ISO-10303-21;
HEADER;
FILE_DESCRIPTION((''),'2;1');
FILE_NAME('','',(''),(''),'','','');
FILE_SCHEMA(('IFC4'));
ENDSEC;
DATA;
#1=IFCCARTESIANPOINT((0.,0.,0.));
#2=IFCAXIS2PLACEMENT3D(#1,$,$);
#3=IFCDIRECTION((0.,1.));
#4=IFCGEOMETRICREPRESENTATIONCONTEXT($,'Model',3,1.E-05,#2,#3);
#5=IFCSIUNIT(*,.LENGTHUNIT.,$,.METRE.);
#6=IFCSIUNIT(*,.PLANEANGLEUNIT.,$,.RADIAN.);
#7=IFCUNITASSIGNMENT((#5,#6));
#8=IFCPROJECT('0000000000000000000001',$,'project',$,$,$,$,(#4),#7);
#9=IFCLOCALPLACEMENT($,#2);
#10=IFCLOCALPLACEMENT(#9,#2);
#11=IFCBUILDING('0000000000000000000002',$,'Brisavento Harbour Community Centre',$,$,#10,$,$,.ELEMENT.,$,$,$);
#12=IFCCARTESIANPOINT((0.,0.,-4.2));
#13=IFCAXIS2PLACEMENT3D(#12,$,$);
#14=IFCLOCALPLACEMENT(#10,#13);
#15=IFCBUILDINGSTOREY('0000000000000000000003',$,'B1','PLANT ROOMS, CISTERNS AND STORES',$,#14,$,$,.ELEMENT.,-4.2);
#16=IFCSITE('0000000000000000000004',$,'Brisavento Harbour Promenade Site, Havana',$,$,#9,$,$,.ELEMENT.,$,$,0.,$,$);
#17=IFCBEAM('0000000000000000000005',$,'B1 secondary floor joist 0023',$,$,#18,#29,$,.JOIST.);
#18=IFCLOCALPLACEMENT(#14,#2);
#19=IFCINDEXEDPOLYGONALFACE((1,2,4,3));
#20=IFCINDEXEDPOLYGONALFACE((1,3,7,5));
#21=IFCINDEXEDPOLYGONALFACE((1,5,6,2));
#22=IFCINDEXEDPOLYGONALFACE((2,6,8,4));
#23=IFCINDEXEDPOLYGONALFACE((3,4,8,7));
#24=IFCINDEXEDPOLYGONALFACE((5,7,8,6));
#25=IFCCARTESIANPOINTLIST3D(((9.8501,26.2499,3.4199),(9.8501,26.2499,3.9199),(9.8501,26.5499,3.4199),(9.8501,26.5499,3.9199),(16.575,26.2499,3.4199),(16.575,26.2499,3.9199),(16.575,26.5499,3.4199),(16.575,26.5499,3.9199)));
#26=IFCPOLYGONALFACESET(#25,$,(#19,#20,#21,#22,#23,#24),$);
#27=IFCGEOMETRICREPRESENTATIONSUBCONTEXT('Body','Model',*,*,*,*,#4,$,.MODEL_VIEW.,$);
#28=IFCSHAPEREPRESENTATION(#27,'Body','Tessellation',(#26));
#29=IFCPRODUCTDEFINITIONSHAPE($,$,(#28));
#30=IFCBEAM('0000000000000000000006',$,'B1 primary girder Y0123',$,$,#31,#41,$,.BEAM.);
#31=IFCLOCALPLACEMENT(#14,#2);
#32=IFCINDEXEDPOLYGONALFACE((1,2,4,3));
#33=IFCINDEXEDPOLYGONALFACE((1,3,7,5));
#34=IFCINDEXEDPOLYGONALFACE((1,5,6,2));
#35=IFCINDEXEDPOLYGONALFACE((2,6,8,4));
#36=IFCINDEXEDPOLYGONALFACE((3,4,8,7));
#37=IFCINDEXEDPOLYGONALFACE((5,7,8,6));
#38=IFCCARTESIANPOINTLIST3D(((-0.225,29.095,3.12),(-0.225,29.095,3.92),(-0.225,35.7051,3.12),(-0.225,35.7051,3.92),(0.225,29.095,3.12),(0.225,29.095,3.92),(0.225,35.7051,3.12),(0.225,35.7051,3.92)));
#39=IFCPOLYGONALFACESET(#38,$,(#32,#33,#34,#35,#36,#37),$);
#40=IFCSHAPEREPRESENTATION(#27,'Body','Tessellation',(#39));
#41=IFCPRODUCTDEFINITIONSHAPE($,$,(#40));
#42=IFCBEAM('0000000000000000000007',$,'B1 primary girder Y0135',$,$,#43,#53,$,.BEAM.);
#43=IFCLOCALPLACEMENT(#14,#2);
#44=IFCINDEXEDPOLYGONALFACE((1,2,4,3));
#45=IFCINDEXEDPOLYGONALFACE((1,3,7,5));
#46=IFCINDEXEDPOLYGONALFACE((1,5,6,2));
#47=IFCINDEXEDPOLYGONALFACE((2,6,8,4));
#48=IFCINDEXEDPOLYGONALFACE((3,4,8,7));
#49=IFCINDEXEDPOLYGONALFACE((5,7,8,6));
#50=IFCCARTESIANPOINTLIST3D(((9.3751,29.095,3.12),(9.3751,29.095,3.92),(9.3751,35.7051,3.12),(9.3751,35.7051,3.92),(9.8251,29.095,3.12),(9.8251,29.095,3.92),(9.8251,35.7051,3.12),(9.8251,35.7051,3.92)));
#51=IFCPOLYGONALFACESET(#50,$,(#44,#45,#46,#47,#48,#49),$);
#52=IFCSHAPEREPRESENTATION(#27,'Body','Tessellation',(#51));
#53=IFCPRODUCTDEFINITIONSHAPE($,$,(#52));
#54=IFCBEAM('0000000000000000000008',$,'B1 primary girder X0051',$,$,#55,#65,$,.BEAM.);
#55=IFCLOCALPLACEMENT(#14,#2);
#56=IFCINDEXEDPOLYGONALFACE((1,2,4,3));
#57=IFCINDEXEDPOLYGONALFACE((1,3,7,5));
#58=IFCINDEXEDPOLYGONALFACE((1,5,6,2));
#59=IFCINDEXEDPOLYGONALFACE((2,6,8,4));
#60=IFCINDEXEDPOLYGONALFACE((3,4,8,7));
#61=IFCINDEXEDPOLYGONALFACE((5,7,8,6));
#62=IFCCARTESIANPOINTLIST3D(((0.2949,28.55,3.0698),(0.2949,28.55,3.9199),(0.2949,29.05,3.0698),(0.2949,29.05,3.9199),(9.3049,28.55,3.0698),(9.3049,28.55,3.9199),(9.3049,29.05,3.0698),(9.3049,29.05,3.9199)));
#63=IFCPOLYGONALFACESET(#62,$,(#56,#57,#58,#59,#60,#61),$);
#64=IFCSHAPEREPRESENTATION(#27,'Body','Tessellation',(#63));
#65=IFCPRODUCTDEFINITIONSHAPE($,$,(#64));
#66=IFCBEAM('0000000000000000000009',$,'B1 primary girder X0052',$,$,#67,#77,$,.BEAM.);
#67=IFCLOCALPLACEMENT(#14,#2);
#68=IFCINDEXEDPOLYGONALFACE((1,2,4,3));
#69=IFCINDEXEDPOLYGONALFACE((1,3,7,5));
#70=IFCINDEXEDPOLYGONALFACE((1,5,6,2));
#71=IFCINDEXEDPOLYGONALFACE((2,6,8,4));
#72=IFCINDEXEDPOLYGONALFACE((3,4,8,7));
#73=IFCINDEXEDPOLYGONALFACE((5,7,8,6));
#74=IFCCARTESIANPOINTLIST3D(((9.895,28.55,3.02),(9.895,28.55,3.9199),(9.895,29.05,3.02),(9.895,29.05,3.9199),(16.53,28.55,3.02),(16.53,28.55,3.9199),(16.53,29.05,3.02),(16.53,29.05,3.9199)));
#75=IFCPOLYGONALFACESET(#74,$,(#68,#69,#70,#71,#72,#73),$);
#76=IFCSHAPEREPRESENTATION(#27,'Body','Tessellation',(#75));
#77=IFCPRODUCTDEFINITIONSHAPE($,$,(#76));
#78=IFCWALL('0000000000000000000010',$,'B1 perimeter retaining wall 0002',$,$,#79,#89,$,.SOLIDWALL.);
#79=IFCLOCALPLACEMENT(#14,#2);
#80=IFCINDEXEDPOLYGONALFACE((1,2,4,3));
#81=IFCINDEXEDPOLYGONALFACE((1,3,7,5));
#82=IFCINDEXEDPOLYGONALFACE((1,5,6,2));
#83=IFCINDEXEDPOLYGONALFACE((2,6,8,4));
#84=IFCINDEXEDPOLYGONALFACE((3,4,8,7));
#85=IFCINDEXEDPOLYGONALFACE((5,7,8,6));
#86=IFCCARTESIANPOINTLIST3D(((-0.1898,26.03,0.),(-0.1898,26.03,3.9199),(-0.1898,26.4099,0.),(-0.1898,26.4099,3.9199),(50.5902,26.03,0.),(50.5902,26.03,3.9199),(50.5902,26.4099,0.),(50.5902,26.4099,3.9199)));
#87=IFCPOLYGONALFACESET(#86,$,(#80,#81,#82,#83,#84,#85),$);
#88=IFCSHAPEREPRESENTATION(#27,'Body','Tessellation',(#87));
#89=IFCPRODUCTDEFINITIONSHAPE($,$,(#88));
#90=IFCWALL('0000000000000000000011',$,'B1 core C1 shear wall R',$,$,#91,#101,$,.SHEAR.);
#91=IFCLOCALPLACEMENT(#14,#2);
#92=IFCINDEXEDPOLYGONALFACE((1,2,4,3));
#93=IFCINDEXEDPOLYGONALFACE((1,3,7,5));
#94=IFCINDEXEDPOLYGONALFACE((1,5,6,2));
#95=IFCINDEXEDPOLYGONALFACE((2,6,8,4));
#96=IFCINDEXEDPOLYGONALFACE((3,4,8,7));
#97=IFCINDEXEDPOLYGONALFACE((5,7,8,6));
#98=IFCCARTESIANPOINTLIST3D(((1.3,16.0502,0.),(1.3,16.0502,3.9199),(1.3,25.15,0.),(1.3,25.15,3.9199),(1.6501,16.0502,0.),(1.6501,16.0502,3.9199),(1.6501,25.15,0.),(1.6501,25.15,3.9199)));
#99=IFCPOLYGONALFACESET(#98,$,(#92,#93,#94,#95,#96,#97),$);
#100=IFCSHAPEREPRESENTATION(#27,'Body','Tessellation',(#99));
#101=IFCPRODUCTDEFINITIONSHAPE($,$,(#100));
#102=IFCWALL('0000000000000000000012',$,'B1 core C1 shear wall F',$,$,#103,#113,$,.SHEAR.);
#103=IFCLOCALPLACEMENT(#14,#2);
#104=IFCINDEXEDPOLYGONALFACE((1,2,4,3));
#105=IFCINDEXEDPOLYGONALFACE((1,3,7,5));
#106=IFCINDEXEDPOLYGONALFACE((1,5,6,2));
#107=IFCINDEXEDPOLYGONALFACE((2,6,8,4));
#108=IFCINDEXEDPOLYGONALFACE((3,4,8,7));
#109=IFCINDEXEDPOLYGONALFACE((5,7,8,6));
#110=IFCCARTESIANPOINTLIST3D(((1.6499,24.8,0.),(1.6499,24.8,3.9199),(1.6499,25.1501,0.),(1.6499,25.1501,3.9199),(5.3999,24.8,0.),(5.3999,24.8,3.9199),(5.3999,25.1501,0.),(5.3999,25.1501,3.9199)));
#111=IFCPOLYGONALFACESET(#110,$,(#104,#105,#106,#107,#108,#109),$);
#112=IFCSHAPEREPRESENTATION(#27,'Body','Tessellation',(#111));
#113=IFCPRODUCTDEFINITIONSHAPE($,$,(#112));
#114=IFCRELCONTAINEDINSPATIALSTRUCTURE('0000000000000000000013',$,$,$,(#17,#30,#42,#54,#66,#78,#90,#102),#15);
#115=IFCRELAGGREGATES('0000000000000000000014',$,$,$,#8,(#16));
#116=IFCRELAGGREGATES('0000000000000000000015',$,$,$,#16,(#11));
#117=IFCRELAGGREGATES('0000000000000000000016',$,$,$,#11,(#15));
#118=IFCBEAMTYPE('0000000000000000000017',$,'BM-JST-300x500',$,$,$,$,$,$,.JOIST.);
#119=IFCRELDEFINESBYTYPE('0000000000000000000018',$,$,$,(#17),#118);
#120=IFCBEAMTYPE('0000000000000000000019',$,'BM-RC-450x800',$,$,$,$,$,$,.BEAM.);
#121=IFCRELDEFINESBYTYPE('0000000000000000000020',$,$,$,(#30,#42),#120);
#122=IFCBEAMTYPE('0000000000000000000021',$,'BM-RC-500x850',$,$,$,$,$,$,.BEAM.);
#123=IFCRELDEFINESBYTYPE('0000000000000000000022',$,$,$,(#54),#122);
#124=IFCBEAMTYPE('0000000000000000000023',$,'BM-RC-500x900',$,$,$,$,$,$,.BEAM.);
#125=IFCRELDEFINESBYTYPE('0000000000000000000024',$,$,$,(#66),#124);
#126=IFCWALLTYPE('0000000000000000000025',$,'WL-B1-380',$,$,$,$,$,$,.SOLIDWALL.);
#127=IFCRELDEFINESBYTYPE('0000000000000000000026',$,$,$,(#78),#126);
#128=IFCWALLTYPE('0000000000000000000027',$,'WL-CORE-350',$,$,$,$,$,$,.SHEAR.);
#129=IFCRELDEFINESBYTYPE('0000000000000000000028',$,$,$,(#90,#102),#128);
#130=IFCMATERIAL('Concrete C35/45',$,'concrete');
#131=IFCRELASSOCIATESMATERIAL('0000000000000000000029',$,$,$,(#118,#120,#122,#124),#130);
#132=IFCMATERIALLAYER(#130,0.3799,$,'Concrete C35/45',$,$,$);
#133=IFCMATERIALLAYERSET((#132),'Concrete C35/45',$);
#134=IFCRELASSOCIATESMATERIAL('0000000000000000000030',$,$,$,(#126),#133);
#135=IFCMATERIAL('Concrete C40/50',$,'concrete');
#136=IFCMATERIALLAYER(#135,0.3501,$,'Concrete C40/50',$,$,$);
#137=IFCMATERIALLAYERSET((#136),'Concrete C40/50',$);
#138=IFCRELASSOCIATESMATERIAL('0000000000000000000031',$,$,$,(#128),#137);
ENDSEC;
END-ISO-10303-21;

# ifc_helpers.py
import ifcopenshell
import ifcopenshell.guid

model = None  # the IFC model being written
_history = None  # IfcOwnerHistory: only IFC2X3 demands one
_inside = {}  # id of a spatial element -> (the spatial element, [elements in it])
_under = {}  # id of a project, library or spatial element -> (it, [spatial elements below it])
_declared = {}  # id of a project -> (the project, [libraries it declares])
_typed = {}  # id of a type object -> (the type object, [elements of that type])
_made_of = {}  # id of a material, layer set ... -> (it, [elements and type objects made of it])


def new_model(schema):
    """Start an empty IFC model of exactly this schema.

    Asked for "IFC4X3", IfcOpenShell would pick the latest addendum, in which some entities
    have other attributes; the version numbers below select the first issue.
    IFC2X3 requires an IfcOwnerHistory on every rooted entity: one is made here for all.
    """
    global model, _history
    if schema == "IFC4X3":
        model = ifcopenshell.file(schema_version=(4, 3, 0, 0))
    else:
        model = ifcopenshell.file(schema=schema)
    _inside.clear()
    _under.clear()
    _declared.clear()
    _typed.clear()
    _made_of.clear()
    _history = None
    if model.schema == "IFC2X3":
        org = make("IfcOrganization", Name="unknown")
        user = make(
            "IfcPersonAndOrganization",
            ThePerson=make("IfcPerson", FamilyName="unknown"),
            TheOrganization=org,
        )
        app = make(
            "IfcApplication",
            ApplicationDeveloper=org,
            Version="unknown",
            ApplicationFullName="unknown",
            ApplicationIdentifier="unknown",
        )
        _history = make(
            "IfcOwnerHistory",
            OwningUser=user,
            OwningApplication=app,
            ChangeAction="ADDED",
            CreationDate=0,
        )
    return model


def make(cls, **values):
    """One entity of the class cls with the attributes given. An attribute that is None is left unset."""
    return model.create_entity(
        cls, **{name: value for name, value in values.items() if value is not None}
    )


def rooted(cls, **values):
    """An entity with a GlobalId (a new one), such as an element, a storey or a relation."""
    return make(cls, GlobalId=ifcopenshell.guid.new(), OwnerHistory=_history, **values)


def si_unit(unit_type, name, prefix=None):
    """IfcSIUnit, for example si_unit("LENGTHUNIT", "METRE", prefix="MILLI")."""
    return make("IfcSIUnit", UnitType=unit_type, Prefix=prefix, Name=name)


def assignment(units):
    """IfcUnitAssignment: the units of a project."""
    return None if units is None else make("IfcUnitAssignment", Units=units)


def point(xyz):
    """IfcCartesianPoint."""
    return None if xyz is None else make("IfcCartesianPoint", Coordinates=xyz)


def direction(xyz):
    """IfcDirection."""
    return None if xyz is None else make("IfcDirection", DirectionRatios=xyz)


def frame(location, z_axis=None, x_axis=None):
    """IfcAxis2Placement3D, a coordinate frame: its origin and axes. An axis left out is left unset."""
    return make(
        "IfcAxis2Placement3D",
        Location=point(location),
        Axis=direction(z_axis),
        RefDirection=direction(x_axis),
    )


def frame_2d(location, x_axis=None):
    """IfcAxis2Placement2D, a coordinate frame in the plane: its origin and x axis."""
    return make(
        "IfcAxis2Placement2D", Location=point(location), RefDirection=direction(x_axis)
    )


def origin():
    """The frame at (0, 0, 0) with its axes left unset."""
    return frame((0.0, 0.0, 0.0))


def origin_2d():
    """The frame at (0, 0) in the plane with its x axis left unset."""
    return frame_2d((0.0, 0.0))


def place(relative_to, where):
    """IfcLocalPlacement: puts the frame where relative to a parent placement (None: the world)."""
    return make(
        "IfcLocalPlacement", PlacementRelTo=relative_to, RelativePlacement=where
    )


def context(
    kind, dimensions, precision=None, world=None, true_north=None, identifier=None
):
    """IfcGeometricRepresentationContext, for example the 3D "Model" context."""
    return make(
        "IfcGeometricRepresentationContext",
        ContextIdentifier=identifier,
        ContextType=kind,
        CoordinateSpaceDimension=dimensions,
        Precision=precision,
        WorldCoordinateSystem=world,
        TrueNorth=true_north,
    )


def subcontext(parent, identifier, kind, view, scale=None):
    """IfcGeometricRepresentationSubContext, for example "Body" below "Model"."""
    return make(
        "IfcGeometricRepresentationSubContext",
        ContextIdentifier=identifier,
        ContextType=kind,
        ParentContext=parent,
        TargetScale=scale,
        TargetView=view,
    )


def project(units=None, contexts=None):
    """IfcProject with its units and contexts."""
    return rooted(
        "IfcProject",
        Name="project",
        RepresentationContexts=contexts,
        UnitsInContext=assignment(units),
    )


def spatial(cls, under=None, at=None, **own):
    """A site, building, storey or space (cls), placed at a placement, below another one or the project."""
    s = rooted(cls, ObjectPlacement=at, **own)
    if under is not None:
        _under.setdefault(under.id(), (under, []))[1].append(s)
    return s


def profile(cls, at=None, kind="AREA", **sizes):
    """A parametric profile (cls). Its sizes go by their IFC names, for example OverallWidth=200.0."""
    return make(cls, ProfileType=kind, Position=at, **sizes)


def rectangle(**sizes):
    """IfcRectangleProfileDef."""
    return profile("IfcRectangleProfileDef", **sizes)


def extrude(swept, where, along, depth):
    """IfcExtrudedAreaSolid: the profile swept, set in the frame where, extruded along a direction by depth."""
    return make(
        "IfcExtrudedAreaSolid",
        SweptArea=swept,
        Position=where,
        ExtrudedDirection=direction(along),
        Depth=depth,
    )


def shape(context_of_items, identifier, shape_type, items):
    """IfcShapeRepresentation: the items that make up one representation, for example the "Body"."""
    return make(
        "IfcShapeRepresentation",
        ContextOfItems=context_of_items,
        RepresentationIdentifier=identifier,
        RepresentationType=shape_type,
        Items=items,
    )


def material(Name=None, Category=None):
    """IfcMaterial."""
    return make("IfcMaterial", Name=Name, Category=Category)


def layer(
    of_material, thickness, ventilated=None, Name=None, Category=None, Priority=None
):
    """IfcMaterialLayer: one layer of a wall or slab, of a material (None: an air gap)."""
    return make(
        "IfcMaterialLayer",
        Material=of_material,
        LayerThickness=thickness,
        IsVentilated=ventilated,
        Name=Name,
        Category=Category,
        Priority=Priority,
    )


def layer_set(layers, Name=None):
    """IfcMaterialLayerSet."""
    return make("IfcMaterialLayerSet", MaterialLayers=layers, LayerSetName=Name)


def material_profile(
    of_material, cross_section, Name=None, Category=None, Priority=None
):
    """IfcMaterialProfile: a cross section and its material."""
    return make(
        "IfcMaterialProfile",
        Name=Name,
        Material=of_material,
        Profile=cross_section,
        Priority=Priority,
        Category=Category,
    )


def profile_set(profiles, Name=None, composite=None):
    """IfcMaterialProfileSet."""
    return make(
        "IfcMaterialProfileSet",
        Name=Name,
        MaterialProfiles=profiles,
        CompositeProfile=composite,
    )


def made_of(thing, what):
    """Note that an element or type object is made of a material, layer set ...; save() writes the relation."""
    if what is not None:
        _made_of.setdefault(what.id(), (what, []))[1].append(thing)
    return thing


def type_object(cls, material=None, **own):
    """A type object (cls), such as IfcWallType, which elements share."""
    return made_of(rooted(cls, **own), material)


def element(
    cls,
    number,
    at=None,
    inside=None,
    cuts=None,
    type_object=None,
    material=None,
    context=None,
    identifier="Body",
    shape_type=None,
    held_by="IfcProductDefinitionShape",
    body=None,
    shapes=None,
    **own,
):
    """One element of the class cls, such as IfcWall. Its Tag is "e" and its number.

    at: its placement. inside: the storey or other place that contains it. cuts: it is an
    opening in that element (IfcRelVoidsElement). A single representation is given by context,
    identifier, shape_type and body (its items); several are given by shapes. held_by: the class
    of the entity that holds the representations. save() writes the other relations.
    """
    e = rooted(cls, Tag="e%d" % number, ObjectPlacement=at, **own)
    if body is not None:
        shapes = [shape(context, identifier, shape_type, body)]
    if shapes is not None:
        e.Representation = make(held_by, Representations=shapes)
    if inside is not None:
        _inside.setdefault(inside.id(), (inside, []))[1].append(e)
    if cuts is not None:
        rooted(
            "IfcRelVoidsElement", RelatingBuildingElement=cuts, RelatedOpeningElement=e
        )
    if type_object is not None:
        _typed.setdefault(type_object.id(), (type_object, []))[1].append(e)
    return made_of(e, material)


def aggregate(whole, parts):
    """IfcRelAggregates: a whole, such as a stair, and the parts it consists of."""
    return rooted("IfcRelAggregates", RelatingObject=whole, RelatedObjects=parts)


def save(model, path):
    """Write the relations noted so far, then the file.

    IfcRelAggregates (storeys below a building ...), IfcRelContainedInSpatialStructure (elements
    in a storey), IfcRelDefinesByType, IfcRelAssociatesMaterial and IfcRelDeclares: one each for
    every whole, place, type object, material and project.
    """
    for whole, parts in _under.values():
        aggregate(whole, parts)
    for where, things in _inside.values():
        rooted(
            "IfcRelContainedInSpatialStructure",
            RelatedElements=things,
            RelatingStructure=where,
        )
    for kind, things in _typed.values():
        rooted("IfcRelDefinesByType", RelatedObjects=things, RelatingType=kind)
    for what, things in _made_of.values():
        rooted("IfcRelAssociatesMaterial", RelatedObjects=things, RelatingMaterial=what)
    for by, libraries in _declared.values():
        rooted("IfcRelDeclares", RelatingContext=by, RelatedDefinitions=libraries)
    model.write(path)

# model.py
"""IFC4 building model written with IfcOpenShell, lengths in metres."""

from ifc_helpers import new_model, si_unit, direction, frame, frame_2d, origin, origin_2d, place, context, subcontext, project, spatial, rectangle, extrude, material, layer, layer_set, material_profile, profile_set, type_object, element, save


model = new_model("IFC4")

# Units and contexts
model_context = context("Model", 3, precision=1e-05, world=origin(), true_north=direction((0.0, 1.0)))
body_context = subcontext(model_context, "Body", "Model", "MODEL_VIEW")
ifc_project = project(units=[si_unit("LENGTHUNIT", "METRE"), si_unit("PLANEANGLEUNIT", "RADIAN")], contexts=[model_context])

# Site, building, storey
site_placement = place(None, origin())
site = spatial("IfcSite", under=ifc_project, at=site_placement, Name="Brisavento Harbour Promenade Site, Havana", CompositionType="ELEMENT", RefElevation=0.0)
building_placement = place(site_placement, origin())
building = spatial("IfcBuilding", under=site, at=building_placement, Name="Brisavento Harbour Community Centre", CompositionType="ELEMENT")
storey_placement = place(building_placement, frame((0.0, 0.0, -4.2)))
storey = spatial("IfcBuildingStorey", under=building, at=storey_placement, Name="B1", Description="PLANT ROOMS, CISTERNS AND STORES", CompositionType="ELEMENT", Elevation=-4.2)

# Shared definitions
ifc_material_1 = material(Name="Concrete C35/45", Category="concrete")

# Shared definitions
ifc_material_2 = material(Name="Concrete C40/50", Category="concrete")

# Beams
ifc_material_profile_1 = material_profile(ifc_material_1, rectangle(XDim=0.3, YDim=0.5, at=origin_2d()), Name="Concrete C35/45")
ifc_profile_set_1 = profile_set([ifc_material_profile_1], Name="Concrete C35/45")
beam_type_1 = type_object("IfcBeamType", Name="BM-JST-300x500", PredefinedType="JOIST", material=ifc_profile_set_1)
beam_1_placement = place(storey_placement, frame((9.8501, 26.3999, 3.6699), z_axis=(1.0, 0.0, 0.0), x_axis=(0.0, 1.0, 0.0)))
element("IfcBeam", 1, at=beam_1_placement, inside=storey, type_object=beam_type_1, Name="B1 secondary floor joist 0023", PredefinedType="JOIST", context=body_context, shape_type="SweptSolid", body=[
    extrude(rectangle(XDim=0.3, YDim=0.5, at=origin_2d()), origin(), (0.0, 0.0, 1.0), 6.7249),
])
ifc_material_profile_2 = material_profile(ifc_material_1, rectangle(XDim=0.45, YDim=0.8, at=origin_2d()), Name="Concrete C35/45")
ifc_profile_set_2 = profile_set([ifc_material_profile_2], Name="Concrete C35/45")
beam_type_2 = type_object("IfcBeamType", Name="BM-RC-450x800", PredefinedType="BEAM", material=ifc_profile_set_2)
for number, where, z_axis, x_axis, name in (
    (2, (0.0, 29.095, 3.52), (0.0, 1.0, 0.0), (-1.0, 0.0, 0.0), "B1 primary girder Y0123"),
    (3, (9.6001, 29.095, 3.52), (0.0, 1.0, 0.0), (-1.0, 0.0, 0.0), "B1 primary girder Y0135"),
):
    element("IfcBeam", number, at=place(storey_placement, frame(where, z_axis=z_axis, x_axis=x_axis)), inside=storey, type_object=beam_type_2, Name=name, PredefinedType="BEAM", context=body_context, shape_type="SweptSolid", body=[
        extrude(rectangle(XDim=0.45, YDim=0.8, at=origin_2d()), origin(), (0.0, 0.0, 1.0), 6.6101),
    ])
ifc_material_profile_3 = material_profile(ifc_material_1, rectangle(XDim=0.5, YDim=0.8501, at=origin_2d()), Name="Concrete C35/45")
ifc_profile_set_3 = profile_set([ifc_material_profile_3], Name="Concrete C35/45")
beam_type_3 = type_object("IfcBeamType", Name="BM-RC-500x850", PredefinedType="BEAM", material=ifc_profile_set_3)
beam_2_placement = place(storey_placement, frame((0.2949, 28.8, 3.4949), z_axis=(1.0, 0.0, 0.0), x_axis=(0.0, 1.0, 0.0)))
element("IfcBeam", 4, at=beam_2_placement, inside=storey, type_object=beam_type_3, Name="B1 primary girder X0051", PredefinedType="BEAM", context=body_context, shape_type="SweptSolid", body=[
    extrude(rectangle(XDim=0.5, YDim=0.8501, at=origin_2d()), origin(), (0.0, 0.0, 1.0), 9.01),
])
ifc_material_profile_4 = material_profile(ifc_material_1, rectangle(XDim=0.5, YDim=0.8999, at=origin_2d()), Name="Concrete C35/45")
ifc_profile_set_4 = profile_set([ifc_material_profile_4], Name="Concrete C35/45")
beam_type_4 = type_object("IfcBeamType", Name="BM-RC-500x900", PredefinedType="BEAM", material=ifc_profile_set_4)
beam_3_placement = place(storey_placement, frame((9.895, 28.8, 3.47), z_axis=(1.0, 0.0, 0.0), x_axis=(0.0, 1.0, 0.0)))
element("IfcBeam", 5, at=beam_3_placement, inside=storey, type_object=beam_type_4, Name="B1 primary girder X0052", PredefinedType="BEAM", context=body_context, shape_type="SweptSolid", body=[
    extrude(rectangle(XDim=0.5, YDim=0.8999, at=origin_2d()), origin(), (0.0, 0.0, 1.0), 6.635),
])

# Walls
ifc_layer_1 = layer(ifc_material_1, 0.3799, Name="Concrete C35/45")
ifc_layer_set_1 = layer_set([ifc_layer_1], Name="Concrete C35/45")
wall_type_1 = type_object("IfcWallType", Name="WL-B1-380", PredefinedType="SOLIDWALL", material=ifc_layer_set_1)
wall_1_placement = place(storey_placement, frame((-0.1899, 26.22, 0.0), z_axis=(0.0, 0.0, 1.0), x_axis=(1.0, 0.0, 0.0)))
element("IfcWall", 6, at=wall_1_placement, inside=storey, type_object=wall_type_1, Name="B1 perimeter retaining wall 0002", PredefinedType="SOLIDWALL", context=body_context, shape_type="SweptSolid", body=[
    extrude(rectangle(XDim=50.78, YDim=0.3799, at=frame_2d((25.3901, 0.0))), origin(), (0.0, 0.0, 1.0), 3.9199),
])
ifc_layer_2 = layer(ifc_material_2, 0.3501, Name="Concrete C40/50")
ifc_layer_set_2 = layer_set([ifc_layer_2], Name="Concrete C40/50")
wall_type_2 = type_object("IfcWallType", Name="WL-CORE-350", PredefinedType="SHEAR", material=ifc_layer_set_2)
wall_2_placement = place(storey_placement, frame((1.4751, 25.1499, 0.0), z_axis=(0.0, 0.0, 1.0), x_axis=(0.0, -1.0, 0.0)))
element("IfcWall", 7, at=wall_2_placement, inside=storey, type_object=wall_type_2, Name="B1 core C1 shear wall R", PredefinedType="SHEAR", context=body_context, shape_type="SweptSolid", body=[
    extrude(rectangle(XDim=9.0999, YDim=0.3501, at=frame_2d((4.5498, 0.0))), origin(), (0.0, 0.0, 1.0), 3.9199),
])
wall_3_placement = place(storey_placement, frame((5.3999, 24.9751, 0.0), z_axis=(0.0, 0.0, 1.0), x_axis=(-1.0, 0.0, 0.0)))
element("IfcWall", 8, at=wall_3_placement, inside=storey, type_object=wall_type_2, Name="B1 core C1 shear wall F", PredefinedType="SHEAR", context=body_context, shape_type="SweptSolid", body=[
    extrude(rectangle(XDim=3.75, YDim=0.3501, at=frame_2d((1.875, 0.0))), origin(), (0.0, 0.0, 1.0), 3.9199),
])

save(model, "model.ifc")
